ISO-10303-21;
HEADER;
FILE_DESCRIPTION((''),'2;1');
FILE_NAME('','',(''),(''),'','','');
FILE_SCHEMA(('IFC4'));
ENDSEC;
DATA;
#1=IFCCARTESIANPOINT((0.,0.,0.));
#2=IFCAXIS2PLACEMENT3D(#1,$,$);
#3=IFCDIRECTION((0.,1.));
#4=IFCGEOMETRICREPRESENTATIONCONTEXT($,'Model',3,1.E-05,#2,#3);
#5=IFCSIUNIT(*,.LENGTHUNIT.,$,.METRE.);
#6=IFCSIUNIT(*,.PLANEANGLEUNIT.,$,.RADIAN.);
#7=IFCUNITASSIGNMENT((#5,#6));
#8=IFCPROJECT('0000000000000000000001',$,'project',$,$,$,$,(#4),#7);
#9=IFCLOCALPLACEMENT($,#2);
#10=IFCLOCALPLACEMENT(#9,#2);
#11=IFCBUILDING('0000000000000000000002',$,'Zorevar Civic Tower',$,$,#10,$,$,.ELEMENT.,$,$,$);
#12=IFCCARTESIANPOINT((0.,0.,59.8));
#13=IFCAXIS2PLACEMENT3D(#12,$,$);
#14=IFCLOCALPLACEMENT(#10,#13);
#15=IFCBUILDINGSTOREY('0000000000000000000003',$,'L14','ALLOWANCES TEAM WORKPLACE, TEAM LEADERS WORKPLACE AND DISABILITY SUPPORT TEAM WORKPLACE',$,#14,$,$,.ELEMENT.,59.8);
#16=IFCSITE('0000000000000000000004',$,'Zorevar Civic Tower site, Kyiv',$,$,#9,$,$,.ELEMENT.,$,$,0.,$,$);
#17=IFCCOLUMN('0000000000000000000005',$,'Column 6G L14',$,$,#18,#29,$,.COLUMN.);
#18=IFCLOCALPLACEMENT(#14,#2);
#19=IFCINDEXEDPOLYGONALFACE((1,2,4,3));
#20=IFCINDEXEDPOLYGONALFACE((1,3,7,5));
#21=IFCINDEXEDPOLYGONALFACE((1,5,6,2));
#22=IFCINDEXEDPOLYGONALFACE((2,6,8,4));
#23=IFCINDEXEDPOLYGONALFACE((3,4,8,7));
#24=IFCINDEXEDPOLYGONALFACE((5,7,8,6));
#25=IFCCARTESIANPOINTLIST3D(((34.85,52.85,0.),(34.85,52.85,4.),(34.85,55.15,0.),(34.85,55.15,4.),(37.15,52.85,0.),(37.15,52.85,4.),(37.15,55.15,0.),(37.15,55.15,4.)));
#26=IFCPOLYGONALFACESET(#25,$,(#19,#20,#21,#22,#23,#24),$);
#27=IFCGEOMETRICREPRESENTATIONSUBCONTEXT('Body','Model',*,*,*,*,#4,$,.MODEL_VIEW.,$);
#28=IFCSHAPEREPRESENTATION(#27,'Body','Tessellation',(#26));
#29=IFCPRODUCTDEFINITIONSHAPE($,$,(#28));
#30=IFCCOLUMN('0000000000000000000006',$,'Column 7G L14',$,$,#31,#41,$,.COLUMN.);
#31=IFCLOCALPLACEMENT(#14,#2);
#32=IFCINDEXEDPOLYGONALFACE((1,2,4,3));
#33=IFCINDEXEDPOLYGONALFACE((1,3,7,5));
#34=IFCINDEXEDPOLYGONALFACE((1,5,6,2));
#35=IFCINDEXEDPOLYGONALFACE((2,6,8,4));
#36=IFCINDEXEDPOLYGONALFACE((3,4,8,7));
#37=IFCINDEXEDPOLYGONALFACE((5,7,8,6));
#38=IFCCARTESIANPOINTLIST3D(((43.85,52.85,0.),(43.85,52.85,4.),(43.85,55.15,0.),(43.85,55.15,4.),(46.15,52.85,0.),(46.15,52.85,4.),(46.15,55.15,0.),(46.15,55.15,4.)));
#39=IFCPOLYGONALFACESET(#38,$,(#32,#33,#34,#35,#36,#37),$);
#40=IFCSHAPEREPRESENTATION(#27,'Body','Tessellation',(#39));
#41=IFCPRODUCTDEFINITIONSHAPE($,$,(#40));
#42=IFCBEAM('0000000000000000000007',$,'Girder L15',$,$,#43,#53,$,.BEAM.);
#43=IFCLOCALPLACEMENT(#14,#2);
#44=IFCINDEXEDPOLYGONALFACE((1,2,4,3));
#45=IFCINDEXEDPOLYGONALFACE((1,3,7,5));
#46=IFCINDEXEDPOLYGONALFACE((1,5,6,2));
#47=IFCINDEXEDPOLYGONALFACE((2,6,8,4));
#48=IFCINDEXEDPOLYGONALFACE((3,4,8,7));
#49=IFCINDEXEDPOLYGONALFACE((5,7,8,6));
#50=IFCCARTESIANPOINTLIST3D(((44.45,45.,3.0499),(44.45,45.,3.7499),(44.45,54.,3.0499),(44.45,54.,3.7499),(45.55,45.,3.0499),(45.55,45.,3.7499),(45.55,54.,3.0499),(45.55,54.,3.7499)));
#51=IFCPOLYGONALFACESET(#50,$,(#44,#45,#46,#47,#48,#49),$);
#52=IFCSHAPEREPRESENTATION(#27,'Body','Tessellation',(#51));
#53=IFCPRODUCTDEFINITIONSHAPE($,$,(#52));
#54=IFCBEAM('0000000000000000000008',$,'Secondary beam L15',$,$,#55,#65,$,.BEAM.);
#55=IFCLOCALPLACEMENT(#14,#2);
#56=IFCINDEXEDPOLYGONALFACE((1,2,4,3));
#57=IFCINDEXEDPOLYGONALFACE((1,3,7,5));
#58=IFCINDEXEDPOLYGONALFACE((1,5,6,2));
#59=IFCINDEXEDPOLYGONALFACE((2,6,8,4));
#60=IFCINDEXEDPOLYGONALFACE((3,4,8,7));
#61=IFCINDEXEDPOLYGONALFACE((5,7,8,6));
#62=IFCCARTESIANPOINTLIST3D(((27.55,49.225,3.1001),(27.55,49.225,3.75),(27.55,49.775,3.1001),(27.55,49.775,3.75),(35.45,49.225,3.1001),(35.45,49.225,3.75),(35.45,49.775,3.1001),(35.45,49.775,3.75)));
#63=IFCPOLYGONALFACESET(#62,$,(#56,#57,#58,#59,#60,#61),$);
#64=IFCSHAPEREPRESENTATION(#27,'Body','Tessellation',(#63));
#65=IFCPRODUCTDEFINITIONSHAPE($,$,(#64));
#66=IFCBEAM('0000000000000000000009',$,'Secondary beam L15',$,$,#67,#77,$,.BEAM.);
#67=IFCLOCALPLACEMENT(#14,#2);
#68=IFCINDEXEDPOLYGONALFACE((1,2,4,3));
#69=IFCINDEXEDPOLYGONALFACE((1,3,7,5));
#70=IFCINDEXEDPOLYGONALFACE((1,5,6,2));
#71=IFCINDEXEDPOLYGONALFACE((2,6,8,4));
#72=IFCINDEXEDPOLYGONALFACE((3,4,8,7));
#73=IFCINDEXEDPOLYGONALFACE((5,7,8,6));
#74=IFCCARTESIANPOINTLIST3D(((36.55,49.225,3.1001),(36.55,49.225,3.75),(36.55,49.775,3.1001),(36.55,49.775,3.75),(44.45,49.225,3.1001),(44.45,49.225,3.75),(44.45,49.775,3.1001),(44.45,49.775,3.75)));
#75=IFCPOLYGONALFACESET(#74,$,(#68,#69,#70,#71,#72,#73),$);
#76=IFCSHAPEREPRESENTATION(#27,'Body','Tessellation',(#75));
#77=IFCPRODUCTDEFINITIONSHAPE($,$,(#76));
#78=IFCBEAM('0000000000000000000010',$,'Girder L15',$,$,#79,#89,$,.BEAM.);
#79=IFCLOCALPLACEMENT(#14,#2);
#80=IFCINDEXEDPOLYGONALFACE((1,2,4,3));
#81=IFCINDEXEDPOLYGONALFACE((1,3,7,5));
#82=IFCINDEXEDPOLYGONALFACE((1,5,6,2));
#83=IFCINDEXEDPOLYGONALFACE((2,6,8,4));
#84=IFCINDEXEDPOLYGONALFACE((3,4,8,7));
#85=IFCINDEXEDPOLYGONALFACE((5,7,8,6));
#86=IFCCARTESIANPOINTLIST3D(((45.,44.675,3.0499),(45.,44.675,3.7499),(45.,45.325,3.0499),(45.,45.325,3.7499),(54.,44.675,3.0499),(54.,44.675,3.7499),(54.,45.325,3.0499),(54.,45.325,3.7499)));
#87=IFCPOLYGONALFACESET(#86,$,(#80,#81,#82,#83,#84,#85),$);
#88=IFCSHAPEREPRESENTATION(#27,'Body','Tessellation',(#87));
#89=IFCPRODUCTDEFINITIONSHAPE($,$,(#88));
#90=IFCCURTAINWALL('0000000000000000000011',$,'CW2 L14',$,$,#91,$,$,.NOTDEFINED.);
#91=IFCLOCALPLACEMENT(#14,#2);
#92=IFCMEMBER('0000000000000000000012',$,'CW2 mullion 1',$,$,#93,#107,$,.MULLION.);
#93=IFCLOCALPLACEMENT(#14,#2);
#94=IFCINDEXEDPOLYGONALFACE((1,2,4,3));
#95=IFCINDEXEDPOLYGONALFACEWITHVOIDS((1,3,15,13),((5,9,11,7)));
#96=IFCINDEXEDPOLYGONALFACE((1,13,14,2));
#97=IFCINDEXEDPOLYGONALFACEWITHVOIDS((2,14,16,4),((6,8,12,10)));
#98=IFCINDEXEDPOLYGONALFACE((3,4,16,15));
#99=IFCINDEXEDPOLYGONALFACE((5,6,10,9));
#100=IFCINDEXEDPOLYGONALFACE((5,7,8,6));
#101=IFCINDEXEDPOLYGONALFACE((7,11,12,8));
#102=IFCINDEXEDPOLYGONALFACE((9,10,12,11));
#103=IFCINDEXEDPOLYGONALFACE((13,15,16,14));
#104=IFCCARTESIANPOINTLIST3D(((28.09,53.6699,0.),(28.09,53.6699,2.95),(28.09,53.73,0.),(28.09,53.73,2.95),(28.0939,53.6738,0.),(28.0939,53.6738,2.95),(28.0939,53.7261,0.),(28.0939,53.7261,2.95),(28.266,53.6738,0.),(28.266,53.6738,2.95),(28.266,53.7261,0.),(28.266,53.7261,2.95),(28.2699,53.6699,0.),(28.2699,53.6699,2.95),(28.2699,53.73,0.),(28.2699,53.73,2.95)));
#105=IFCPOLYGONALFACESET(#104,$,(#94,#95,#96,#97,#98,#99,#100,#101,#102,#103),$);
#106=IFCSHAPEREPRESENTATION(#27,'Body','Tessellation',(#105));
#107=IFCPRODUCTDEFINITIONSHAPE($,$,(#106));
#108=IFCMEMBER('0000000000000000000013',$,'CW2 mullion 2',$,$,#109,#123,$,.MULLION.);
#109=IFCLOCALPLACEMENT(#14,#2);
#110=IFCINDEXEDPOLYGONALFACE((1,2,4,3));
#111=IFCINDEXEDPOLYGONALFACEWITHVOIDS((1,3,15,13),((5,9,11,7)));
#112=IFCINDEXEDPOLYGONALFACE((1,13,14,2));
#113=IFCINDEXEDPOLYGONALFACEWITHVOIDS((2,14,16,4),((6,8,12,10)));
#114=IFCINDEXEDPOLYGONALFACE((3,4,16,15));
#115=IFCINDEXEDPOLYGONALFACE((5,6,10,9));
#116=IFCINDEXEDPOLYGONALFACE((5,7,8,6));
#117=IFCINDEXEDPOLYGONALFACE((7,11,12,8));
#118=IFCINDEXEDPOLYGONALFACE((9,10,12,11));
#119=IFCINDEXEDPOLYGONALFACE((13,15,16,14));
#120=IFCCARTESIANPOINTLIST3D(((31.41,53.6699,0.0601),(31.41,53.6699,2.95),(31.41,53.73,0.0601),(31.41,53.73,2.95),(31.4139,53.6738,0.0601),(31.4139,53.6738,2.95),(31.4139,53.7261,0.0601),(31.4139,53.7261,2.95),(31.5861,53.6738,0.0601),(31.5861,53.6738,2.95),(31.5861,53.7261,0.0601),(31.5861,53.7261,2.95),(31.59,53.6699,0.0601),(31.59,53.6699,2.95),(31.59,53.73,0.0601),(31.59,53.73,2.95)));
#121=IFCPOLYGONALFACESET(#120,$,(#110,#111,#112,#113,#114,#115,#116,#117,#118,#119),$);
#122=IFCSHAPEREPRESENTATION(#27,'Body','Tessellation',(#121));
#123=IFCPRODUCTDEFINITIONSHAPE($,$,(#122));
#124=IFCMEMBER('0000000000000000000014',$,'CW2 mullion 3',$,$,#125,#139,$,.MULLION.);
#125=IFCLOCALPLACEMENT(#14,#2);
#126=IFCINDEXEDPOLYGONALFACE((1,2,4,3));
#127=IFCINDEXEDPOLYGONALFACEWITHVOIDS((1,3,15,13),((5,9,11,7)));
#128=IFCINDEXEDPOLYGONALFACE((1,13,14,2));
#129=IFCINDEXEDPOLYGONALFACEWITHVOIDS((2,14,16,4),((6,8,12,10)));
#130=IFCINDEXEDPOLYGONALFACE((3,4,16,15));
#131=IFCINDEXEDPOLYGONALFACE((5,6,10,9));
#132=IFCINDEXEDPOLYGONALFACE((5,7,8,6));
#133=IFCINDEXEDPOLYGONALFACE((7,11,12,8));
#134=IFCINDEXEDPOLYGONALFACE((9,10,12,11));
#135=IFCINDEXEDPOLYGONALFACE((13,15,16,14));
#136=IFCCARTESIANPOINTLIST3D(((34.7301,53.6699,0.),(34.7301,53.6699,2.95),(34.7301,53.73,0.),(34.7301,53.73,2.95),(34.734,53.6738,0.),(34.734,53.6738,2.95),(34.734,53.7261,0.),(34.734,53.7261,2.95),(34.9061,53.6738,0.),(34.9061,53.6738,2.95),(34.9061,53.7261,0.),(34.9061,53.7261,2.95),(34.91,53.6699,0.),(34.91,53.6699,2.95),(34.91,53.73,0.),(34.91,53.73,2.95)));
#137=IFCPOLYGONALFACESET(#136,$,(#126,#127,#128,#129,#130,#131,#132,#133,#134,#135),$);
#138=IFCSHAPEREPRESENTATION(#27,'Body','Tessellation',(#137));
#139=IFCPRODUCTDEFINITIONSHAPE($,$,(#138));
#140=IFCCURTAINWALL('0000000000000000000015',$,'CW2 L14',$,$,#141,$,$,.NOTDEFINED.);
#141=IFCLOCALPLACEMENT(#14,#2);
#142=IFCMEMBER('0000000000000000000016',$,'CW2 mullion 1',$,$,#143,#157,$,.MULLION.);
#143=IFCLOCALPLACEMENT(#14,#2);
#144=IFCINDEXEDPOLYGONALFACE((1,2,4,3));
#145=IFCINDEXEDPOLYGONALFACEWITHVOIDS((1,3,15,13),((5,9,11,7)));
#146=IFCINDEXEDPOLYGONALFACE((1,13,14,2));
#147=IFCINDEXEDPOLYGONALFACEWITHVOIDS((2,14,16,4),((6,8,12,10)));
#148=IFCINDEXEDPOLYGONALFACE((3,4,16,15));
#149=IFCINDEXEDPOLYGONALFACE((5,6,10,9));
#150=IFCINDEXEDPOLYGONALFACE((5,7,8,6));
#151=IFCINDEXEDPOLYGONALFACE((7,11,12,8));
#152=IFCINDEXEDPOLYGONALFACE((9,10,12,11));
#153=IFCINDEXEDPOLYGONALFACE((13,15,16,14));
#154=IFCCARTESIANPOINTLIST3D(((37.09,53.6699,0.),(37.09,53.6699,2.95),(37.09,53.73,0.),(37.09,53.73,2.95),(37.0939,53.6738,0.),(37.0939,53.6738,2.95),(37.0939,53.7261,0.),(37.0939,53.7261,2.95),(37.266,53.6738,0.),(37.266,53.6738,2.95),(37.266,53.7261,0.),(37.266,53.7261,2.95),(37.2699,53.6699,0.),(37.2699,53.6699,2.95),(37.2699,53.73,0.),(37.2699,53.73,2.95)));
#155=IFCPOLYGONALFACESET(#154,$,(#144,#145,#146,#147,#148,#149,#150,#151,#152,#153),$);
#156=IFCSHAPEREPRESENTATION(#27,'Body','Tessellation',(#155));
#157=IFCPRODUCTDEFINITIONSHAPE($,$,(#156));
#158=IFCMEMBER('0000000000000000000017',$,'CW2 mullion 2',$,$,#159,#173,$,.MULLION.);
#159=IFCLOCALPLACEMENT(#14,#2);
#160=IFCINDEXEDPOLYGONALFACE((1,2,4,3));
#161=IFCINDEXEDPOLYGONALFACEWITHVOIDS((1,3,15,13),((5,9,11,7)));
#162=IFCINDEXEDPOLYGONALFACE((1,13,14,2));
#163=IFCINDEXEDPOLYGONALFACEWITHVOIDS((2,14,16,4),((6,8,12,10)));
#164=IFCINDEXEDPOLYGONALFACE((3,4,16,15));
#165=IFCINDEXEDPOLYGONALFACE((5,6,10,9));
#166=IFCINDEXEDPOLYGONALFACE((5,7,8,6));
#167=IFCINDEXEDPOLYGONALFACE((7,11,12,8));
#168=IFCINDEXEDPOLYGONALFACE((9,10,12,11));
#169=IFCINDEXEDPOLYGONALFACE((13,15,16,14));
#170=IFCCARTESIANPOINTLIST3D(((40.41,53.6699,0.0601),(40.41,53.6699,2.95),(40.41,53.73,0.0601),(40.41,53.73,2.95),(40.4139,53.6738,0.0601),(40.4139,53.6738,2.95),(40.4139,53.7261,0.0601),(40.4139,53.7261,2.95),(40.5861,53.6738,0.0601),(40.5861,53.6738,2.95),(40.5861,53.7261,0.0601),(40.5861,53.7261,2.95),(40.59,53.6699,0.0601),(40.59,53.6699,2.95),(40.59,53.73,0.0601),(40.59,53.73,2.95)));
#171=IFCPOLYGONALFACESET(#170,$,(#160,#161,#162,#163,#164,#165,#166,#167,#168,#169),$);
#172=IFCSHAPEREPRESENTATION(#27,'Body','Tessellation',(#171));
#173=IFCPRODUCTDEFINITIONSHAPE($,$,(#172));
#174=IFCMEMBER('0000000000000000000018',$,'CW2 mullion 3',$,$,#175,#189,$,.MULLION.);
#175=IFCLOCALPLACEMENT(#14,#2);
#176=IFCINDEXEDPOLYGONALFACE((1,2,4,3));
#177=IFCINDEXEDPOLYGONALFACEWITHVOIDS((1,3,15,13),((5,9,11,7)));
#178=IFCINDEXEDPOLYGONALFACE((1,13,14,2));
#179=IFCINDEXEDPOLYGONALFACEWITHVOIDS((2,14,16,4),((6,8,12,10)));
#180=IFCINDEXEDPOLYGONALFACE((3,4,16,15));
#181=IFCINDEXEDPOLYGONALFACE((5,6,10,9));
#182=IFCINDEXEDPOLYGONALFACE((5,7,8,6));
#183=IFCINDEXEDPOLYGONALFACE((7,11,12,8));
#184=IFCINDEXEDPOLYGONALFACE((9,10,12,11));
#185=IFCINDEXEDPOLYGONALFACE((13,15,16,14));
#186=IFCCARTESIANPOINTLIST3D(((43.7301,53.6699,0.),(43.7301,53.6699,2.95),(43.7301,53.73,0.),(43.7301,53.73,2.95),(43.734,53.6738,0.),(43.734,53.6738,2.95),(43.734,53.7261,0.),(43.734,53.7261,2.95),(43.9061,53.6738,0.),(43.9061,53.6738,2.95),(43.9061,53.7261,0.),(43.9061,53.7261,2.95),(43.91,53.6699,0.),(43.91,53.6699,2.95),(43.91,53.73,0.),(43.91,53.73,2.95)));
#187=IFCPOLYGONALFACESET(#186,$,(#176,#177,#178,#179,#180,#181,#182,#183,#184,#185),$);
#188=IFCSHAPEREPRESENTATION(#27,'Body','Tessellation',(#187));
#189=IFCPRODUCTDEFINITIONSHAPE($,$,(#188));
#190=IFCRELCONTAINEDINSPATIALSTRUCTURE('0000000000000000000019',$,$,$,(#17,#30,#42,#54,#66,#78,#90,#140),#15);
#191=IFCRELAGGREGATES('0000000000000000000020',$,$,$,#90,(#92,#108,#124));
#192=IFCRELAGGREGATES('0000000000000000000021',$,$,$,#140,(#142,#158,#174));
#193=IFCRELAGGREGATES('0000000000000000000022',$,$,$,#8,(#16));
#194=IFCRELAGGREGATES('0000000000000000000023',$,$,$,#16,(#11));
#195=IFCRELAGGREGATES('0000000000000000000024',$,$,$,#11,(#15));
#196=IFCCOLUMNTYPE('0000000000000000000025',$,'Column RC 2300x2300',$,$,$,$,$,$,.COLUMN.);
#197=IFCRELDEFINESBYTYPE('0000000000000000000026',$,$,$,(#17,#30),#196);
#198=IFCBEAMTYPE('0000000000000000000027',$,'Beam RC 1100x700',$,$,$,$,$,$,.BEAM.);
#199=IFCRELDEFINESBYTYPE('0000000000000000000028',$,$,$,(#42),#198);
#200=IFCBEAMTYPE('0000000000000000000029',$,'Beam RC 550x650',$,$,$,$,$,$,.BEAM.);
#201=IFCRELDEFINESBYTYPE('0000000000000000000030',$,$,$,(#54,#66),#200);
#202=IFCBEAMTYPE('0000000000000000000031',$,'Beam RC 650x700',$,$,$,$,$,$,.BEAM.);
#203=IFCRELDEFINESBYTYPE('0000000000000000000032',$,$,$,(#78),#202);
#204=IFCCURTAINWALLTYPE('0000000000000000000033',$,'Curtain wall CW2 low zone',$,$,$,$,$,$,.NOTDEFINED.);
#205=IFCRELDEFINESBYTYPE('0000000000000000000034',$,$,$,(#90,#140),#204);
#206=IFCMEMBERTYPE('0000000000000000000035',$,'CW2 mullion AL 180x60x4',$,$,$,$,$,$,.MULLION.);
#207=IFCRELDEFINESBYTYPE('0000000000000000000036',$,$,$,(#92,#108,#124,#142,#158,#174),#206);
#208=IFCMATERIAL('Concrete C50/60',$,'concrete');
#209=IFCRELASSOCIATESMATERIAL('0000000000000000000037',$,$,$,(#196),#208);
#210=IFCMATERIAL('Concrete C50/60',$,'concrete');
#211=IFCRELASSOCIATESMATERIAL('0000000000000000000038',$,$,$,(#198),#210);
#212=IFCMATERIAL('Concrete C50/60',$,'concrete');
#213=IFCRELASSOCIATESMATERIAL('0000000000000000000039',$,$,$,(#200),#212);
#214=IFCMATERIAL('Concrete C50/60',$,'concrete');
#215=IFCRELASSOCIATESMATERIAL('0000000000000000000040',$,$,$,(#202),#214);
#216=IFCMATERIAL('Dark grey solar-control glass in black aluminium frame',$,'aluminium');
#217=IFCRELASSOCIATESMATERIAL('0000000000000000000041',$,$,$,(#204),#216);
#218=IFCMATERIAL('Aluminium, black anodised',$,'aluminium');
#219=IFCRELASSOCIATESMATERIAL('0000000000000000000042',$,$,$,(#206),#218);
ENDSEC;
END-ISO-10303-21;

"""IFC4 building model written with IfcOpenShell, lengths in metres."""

from ifc_helpers import new_model, si_unit, direction, frame, origin, origin_2d, place, context, subcontext, project, spatial, rectangle, hollow_rectangle, extrude, material, material_profile, profile_set, type_object, element, aggregate, save


model = new_model("IFC4")

# Units and contexts
model_context = context("Model", 3, precision=1e-05, world=origin(), true_north=direction((0.0, 1.0)))
body_context = subcontext(model_context, "Body", "Model", "MODEL_VIEW")
ifc_project = project(units=[si_unit("LENGTHUNIT", "METRE"), si_unit("PLANEANGLEUNIT", "RADIAN")], contexts=[model_context])

# Site, building, storey
site_placement = place(None, origin())
site = spatial("IfcSite", under=ifc_project, at=site_placement, Name="Zorevar Civic Tower site, Kyiv", CompositionType="ELEMENT", RefElevation=0.0)
building_placement = place(site_placement, origin())
building = spatial("IfcBuilding", under=site, at=building_placement, Name="Zorevar Civic Tower", CompositionType="ELEMENT")
storey_placement = place(building_placement, frame((0.0, 0.0, 59.8)))
storey = spatial("IfcBuildingStorey", under=building, at=storey_placement, Name="L14", Description="ALLOWANCES TEAM WORKPLACE, TEAM LEADERS WORKPLACE AND DISABILITY SUPPORT TEAM WORKPLACE", CompositionType="ELEMENT", Elevation=59.8)

# Columns
ifc_material_1 = material(Name="Concrete C50/60", Category="concrete")
ifc_material_profile_1 = material_profile(ifc_material_1, rectangle(XDim=2.3, YDim=2.3, at=origin_2d()), Name="RC 2300x2300")
ifc_profile_set_1 = profile_set([ifc_material_profile_1], Name="Concrete C50/60")
column_type = type_object("IfcColumnType", Name="Column RC 2300x2300", PredefinedType="COLUMN", material=ifc_profile_set_1)
for number, where, z_axis, x_axis, name in (
    (1, (36.0, 54.0, 0.0), (0.0, 0.0, 1.0), (1.0, 0.0, 0.0), "Column 6G L14"),
    (2, (45.0, 54.0, 0.0), (0.0, 0.0, 1.0), (1.0, 0.0, 0.0), "Column 7G L14"),
):
    element("IfcColumn", number, at=place(storey_placement, frame(where, z_axis=z_axis, x_axis=x_axis)), inside=storey, type_object=column_type, Name=name, PredefinedType="COLUMN", context=body_context, shape_type="SweptSolid", body=[
        extrude(rectangle(XDim=2.3, YDim=2.3, at=origin_2d()), origin(), (0.0, 0.0, 1.0), 4.0),
    ])

# Beams
ifc_material_2 = material(Name="Concrete C50/60", Category="concrete")
ifc_material_profile_2 = material_profile(ifc_material_2, rectangle(XDim=1.1001, YDim=0.7, at=origin_2d()), Name="RC 1100x700")
ifc_profile_set_2 = profile_set([ifc_material_profile_2], Name="Concrete C50/60")
beam_type_1 = type_object("IfcBeamType", Name="Beam RC 1100x700", PredefinedType="BEAM", material=ifc_profile_set_2)
beam_1_placement = place(storey_placement, frame((45.0, 45.0, 3.3999), z_axis=(0.0, 1.0, 0.0), x_axis=(-1.0, 0.0, 0.0)))
element("IfcBeam", 3, at=beam_1_placement, inside=storey, type_object=beam_type_1, Name="Girder L15", PredefinedType="BEAM", context=body_context, shape_type="SweptSolid", body=[
    extrude(rectangle(XDim=1.1001, YDim=0.7, at=origin_2d()), origin(), (0.0, 0.0, 1.0), 9.0),
])
ifc_material_3 = material(Name="Concrete C50/60", Category="concrete")
ifc_material_profile_3 = material_profile(ifc_material_3, rectangle(XDim=0.55, YDim=0.6499, at=origin_2d()), Name="RC 550x650")
ifc_profile_set_3 = profile_set([ifc_material_profile_3], Name="Concrete C50/60")
beam_type_2 = type_object("IfcBeamType", Name="Beam RC 550x650", PredefinedType="BEAM", material=ifc_profile_set_3)
for number, where, z_axis, x_axis, name in (
    (4, (27.55, 49.5, 3.425), (1.0, 0.0, 0.0), (0.0, 1.0, 0.0), "Secondary beam L15"),
    (5, (36.55, 49.5, 3.425), (1.0, 0.0, 0.0), (0.0, 1.0, 0.0), "Secondary beam L15"),
):
    element("IfcBeam", number, at=place(storey_placement, frame(where, z_axis=z_axis, x_axis=x_axis)), inside=storey, type_object=beam_type_2, Name=name, PredefinedType="BEAM", context=body_context, shape_type="SweptSolid", body=[
        extrude(rectangle(XDim=0.55, YDim=0.6499, at=origin_2d()), origin(), (0.0, 0.0, 1.0), 7.8999),
    ])
ifc_material_4 = material(Name="Concrete C50/60", Category="concrete")
ifc_material_profile_4 = material_profile(ifc_material_4, rectangle(XDim=0.6499, YDim=0.7, at=origin_2d()), Name="RC 650x700")
ifc_profile_set_4 = profile_set([ifc_material_profile_4], Name="Concrete C50/60")
beam_type_3 = type_object("IfcBeamType", Name="Beam RC 650x700", PredefinedType="BEAM", material=ifc_profile_set_4)
beam_2_placement = place(storey_placement, frame((45.0, 45.0, 3.3999), z_axis=(1.0, 0.0, 0.0), x_axis=(0.0, 1.0, 0.0)))
element("IfcBeam", 6, at=beam_2_placement, inside=storey, type_object=beam_type_3, Name="Girder L15", PredefinedType="BEAM", context=body_context, shape_type="SweptSolid", body=[
    extrude(rectangle(XDim=0.6499, YDim=0.7, at=origin_2d()), origin(), (0.0, 0.0, 1.0), 9.0),
])

# Curtain walls, members
ifc_material_5 = material(Name="Dark grey solar-control glass in black aluminium frame", Category="aluminium")
curtain_wall_type = type_object("IfcCurtainWallType", Name="Curtain wall CW2 low zone", PredefinedType="NOTDEFINED", material=ifc_material_5)
curtain_wall_1_placement = place(storey_placement, origin())
curtain_wall_1 = element("IfcCurtainWall", 7, at=curtain_wall_1_placement, inside=storey, type_object=curtain_wall_type, Name="CW2 L14", PredefinedType="NOTDEFINED")
ifc_material_6 = material(Name="Aluminium, black anodised", Category="aluminium")
ifc_material_profile_5 = material_profile(ifc_material_6, hollow_rectangle(XDim=0.0601, YDim=0.1799, WallThickness=0.0039, at=origin_2d()), Name="AL 180x60x4")
ifc_profile_set_5 = profile_set([ifc_material_profile_5], Name="Aluminium, black anodised")
member_type_1 = type_object("IfcMemberType", Name="CW2 mullion AL 180x60x4", PredefinedType="MULLION", material=ifc_profile_set_5)
member_1_placement = place(storey_placement, frame((28.1799, 53.7, 0.0), z_axis=(0.0, 0.0, 1.0), x_axis=(0.0, 1.0, 0.0)))
member_1 = element("IfcMember", 8, at=member_1_placement, type_object=member_type_1, Name="CW2 mullion 1", PredefinedType="MULLION", context=body_context, shape_type="SweptSolid", body=[
    extrude(hollow_rectangle(XDim=0.0601, YDim=0.1799, WallThickness=0.0039, at=origin_2d()), origin(), (0.0, 0.0, 1.0), 2.95),
])
member_2_placement = place(storey_placement, frame((31.5, 53.7, 0.0601), z_axis=(0.0, 0.0, 1.0), x_axis=(0.0, 1.0, 0.0)))
member_2 = element("IfcMember", 9, at=member_2_placement, type_object=member_type_1, Name="CW2 mullion 2", PredefinedType="MULLION", context=body_context, shape_type="SweptSolid", body=[
    extrude(hollow_rectangle(XDim=0.0601, YDim=0.1799, WallThickness=0.0039, at=origin_2d()), origin(), (0.0, 0.0, 1.0), 2.8899),
])
member_3_placement = place(storey_placement, frame((34.8201, 53.7, 0.0), z_axis=(0.0, 0.0, 1.0), x_axis=(0.0, 1.0, 0.0)))
member_3 = element("IfcMember", 10, at=member_3_placement, type_object=member_type_1, Name="CW2 mullion 3", PredefinedType="MULLION", context=body_context, shape_type="SweptSolid", body=[
    extrude(hollow_rectangle(XDim=0.0601, YDim=0.1799, WallThickness=0.0039, at=origin_2d()), origin(), (0.0, 0.0, 1.0), 2.95),
])
curtain_wall_2_placement = place(storey_placement, origin())
curtain_wall_2 = element("IfcCurtainWall", 11, at=curtain_wall_2_placement, inside=storey, type_object=curtain_wall_type, Name="CW2 L14", PredefinedType="NOTDEFINED")
member_4_placement = place(storey_placement, frame((37.1799, 53.7, 0.0), z_axis=(0.0, 0.0, 1.0), x_axis=(0.0, 1.0, 0.0)))
member_4 = element("IfcMember", 12, at=member_4_placement, type_object=member_type_1, Name="CW2 mullion 1", PredefinedType="MULLION", context=body_context, shape_type="SweptSolid", body=[
    extrude(hollow_rectangle(XDim=0.0601, YDim=0.1799, WallThickness=0.0039, at=origin_2d()), origin(), (0.0, 0.0, 1.0), 2.95),
])
member_5_placement = place(storey_placement, frame((40.5, 53.7, 0.0601), z_axis=(0.0, 0.0, 1.0), x_axis=(0.0, 1.0, 0.0)))
member_5 = element("IfcMember", 13, at=member_5_placement, type_object=member_type_1, Name="CW2 mullion 2", PredefinedType="MULLION", context=body_context, shape_type="SweptSolid", body=[
    extrude(hollow_rectangle(XDim=0.0601, YDim=0.1799, WallThickness=0.0039, at=origin_2d()), origin(), (0.0, 0.0, 1.0), 2.8899),
])
member_6_placement = place(storey_placement, frame((43.8201, 53.7, 0.0), z_axis=(0.0, 0.0, 1.0), x_axis=(0.0, 1.0, 0.0)))
member_6 = element("IfcMember", 14, at=member_6_placement, type_object=member_type_1, Name="CW2 mullion 3", PredefinedType="MULLION", context=body_context, shape_type="SweptSolid", body=[
    extrude(hollow_rectangle(XDim=0.0601, YDim=0.1799, WallThickness=0.0039, at=origin_2d()), origin(), (0.0, 0.0, 1.0), 2.95),
])

aggregate(curtain_wall_1, [member_1, member_2, member_3])
aggregate(curtain_wall_2, [member_4, member_5, member_6])

save(model, "model.ifc")
